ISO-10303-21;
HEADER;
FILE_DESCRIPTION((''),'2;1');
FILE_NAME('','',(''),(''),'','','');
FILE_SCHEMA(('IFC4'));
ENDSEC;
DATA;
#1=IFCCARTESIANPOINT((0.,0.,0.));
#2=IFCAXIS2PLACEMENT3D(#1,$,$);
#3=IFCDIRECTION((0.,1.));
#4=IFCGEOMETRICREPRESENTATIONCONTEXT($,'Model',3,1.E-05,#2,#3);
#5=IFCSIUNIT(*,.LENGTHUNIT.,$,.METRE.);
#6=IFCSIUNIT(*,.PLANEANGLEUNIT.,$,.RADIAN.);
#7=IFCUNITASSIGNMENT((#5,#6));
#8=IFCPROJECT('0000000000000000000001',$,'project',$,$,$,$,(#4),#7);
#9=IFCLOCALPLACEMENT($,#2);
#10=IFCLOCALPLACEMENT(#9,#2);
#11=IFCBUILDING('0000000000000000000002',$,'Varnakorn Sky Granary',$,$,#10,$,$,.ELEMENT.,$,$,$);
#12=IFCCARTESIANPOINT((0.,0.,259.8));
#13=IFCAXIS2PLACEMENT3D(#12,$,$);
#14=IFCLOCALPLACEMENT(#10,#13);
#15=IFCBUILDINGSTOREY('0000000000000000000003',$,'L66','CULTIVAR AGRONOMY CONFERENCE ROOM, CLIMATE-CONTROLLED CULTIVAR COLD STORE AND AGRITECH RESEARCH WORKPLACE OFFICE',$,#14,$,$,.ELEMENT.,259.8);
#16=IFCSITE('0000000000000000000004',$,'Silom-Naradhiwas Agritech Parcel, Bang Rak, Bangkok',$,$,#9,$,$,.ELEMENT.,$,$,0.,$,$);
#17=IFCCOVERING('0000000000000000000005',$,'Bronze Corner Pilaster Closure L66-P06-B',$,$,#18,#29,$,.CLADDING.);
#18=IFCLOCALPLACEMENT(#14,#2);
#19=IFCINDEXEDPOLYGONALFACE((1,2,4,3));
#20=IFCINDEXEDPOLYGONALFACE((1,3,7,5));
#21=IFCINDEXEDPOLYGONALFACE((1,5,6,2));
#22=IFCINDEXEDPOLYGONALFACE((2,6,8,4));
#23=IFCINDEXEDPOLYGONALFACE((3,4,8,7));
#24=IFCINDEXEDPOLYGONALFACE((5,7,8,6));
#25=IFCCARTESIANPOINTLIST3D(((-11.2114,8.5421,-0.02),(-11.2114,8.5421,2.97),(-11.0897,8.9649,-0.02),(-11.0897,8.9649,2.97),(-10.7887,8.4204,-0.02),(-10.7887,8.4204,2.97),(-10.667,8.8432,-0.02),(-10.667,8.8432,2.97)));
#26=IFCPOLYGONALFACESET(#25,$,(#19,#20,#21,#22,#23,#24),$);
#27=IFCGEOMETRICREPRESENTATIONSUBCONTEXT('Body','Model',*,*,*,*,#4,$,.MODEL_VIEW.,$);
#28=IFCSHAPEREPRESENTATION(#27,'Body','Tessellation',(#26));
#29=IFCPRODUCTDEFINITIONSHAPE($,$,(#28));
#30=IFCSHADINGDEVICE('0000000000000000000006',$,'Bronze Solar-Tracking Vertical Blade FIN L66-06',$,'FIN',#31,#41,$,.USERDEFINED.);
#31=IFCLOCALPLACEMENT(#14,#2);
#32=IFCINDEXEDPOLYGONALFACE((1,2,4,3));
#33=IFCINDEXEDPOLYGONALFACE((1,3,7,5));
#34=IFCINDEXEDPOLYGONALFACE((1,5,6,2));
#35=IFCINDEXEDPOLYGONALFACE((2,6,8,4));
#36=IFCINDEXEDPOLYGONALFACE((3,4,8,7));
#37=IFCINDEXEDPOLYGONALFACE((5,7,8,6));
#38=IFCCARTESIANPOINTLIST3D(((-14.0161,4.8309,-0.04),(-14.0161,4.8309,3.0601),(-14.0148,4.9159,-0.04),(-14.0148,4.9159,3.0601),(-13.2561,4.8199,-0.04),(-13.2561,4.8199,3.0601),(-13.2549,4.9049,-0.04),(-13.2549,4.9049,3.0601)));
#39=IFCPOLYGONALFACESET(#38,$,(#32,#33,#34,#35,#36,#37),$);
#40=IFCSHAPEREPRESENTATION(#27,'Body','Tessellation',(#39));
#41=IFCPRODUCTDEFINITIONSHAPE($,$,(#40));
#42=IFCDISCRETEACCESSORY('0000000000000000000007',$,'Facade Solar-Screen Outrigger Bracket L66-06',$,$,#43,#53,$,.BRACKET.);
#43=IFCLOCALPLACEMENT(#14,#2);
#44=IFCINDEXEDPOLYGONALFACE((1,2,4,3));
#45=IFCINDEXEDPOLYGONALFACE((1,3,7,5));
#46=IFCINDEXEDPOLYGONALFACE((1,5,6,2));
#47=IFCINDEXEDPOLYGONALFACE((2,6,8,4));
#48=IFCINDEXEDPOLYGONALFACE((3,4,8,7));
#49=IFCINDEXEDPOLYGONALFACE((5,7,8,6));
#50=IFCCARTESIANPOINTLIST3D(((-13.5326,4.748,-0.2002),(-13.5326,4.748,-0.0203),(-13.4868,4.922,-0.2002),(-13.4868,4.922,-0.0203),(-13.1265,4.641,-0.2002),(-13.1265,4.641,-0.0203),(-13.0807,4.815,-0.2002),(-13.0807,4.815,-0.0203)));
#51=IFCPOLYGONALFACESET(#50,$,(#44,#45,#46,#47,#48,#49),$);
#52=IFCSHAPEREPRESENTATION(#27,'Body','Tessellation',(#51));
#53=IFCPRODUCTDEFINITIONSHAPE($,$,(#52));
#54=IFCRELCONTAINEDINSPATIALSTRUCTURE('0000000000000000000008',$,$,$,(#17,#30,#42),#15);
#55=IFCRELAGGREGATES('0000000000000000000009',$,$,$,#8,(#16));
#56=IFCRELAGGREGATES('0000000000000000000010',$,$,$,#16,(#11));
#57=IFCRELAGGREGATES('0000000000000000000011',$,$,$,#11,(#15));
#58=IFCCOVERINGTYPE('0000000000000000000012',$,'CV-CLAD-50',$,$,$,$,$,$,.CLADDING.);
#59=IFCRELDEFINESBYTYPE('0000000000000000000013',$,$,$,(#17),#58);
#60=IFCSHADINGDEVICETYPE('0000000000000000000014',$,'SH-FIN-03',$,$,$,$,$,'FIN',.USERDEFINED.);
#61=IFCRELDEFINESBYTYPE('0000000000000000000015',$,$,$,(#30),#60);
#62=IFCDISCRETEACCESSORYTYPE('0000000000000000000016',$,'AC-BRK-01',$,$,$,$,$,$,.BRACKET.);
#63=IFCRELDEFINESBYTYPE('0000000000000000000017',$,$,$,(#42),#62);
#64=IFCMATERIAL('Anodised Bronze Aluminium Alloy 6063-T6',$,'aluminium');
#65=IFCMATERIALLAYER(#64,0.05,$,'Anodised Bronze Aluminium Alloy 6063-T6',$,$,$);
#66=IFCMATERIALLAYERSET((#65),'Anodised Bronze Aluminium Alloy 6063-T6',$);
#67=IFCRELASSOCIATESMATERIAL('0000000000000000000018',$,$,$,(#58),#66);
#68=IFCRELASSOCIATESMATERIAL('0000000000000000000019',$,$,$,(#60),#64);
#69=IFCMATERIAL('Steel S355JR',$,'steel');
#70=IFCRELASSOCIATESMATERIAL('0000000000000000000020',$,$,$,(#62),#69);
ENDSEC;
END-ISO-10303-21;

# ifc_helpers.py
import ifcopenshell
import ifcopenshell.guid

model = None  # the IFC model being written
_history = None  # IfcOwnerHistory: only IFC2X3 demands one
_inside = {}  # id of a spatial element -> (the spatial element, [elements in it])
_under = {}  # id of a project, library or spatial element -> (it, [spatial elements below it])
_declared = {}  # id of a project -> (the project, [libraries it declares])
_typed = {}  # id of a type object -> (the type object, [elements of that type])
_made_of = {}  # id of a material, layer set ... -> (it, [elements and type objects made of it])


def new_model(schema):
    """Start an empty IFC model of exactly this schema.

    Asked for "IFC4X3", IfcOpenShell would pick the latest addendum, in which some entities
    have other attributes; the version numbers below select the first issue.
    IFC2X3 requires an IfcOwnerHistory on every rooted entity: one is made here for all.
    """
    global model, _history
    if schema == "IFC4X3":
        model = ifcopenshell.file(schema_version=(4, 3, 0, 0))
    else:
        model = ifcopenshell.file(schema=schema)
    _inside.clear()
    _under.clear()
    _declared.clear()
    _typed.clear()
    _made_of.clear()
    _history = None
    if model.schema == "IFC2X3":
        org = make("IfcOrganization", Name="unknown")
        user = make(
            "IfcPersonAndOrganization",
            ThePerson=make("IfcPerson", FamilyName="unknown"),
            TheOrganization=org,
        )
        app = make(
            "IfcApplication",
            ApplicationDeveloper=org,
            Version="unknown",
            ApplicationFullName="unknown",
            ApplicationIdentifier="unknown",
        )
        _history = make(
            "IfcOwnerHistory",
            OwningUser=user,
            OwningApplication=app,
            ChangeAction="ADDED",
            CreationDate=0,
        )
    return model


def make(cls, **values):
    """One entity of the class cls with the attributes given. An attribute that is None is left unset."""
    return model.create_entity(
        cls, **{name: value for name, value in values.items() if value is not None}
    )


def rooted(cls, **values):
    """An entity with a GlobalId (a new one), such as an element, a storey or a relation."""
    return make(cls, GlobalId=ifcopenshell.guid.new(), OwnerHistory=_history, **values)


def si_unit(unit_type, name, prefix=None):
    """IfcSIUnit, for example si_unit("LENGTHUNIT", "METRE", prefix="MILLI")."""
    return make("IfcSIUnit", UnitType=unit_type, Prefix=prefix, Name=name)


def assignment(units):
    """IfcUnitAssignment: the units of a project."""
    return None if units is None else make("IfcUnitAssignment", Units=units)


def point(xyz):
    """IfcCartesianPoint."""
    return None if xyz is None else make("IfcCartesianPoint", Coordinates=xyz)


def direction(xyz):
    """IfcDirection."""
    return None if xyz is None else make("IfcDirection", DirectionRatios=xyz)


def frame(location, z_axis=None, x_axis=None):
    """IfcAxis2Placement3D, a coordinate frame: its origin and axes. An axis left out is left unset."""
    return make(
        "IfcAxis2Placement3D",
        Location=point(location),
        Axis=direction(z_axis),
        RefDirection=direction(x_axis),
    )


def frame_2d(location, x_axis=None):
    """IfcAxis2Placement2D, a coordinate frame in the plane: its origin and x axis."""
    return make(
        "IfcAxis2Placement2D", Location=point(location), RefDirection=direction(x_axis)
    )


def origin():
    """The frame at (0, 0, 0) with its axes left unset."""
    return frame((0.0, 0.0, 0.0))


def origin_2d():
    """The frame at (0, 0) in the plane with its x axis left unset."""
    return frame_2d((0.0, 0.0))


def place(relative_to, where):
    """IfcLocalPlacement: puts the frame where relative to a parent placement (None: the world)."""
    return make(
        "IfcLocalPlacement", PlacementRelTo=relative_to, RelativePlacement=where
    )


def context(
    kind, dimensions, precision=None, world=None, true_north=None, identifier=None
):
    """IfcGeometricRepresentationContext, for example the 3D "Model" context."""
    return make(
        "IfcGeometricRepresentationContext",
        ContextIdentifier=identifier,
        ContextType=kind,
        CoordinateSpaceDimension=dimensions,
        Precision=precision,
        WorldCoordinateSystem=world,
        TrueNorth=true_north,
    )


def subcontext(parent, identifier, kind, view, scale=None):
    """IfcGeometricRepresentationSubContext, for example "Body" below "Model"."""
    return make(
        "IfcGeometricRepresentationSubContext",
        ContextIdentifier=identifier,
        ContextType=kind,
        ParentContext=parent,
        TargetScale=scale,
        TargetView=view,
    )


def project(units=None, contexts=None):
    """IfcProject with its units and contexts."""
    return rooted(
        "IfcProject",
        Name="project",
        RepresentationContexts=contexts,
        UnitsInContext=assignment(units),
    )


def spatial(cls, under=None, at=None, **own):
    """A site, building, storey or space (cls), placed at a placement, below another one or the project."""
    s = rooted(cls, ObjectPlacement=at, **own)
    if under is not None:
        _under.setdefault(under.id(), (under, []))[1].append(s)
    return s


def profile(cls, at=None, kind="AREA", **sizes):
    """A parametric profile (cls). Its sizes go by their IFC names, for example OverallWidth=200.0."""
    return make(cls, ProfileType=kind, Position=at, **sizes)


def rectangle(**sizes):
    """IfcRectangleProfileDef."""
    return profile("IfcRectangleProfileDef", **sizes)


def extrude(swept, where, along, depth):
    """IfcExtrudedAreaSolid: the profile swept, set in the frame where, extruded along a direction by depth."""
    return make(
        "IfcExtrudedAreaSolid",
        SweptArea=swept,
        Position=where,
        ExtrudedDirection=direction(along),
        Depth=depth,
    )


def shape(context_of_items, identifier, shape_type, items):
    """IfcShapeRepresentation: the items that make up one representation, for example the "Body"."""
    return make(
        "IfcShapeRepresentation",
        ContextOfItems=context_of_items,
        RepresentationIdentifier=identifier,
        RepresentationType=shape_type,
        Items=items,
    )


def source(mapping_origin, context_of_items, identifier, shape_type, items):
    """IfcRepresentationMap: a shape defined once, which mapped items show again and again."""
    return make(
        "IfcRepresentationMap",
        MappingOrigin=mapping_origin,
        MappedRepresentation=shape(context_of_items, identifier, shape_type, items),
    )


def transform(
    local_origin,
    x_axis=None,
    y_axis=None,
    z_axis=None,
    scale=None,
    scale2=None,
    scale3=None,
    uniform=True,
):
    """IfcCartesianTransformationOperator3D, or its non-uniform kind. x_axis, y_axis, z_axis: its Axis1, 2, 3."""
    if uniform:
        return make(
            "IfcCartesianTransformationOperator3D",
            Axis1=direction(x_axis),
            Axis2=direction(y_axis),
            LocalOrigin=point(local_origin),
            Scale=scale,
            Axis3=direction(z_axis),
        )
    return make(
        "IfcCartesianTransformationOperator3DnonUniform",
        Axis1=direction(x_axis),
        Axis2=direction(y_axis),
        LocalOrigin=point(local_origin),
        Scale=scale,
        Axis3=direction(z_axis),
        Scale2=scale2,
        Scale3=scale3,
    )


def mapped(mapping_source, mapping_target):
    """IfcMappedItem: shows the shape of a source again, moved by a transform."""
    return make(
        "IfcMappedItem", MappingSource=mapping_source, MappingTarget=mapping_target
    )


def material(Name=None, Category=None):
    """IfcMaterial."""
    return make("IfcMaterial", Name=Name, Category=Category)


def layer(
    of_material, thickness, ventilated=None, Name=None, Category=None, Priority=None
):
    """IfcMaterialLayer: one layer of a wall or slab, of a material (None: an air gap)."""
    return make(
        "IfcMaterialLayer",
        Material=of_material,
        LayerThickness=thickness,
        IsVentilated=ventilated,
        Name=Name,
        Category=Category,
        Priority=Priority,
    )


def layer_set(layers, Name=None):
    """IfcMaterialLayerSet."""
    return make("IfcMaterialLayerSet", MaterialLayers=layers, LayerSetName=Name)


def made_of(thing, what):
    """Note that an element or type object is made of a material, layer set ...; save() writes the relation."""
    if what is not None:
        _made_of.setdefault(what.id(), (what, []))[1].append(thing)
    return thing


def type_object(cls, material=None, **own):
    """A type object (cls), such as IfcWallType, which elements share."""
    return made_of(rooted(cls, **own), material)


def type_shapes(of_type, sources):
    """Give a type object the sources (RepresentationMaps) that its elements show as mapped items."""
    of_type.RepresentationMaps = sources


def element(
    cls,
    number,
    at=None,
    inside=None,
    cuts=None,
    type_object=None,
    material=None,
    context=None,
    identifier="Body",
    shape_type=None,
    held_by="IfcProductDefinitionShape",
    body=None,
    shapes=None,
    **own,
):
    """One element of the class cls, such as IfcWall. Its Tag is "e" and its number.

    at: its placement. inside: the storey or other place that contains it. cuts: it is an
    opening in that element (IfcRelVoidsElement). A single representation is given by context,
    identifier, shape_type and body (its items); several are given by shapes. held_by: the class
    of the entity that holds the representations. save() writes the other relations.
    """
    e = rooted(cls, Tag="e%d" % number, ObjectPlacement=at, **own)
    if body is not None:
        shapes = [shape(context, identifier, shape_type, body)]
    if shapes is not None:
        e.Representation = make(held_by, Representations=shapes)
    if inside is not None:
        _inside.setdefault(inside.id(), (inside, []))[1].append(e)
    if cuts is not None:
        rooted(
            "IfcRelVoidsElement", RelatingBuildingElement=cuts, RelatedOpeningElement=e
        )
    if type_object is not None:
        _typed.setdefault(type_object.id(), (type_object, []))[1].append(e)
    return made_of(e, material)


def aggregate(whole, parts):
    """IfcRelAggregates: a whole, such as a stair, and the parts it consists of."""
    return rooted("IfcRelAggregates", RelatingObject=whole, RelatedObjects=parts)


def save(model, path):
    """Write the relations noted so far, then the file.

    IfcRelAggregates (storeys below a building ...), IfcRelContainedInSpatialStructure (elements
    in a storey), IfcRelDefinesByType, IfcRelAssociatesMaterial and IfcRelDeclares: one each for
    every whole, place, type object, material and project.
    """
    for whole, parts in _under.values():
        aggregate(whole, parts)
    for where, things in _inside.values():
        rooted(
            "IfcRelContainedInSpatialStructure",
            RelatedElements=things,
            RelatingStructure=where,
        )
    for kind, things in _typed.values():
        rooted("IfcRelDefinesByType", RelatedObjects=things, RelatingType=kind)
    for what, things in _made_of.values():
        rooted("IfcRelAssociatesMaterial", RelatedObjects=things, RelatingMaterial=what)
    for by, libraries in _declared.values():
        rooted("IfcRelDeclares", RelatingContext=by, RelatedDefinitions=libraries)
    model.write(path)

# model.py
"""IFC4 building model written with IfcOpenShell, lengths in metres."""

from ifc_helpers import new_model, si_unit, direction, frame, origin, origin_2d, place, context, subcontext, project, spatial, rectangle, extrude, source, transform, mapped, material, layer, layer_set, type_object, type_shapes, element, save


model = new_model("IFC4")

# Units and contexts
model_context = context("Model", 3, precision=1e-05, world=origin(), true_north=direction((0.0, 1.0)))
body_context = subcontext(model_context, "Body", "Model", "MODEL_VIEW")
ifc_project = project(units=[si_unit("LENGTHUNIT", "METRE"), si_unit("PLANEANGLEUNIT", "RADIAN")], contexts=[model_context])

# Site, building, storey
site_placement = place(None, origin())
site = spatial("IfcSite", under=ifc_project, at=site_placement, Name="Silom-Naradhiwas Agritech Parcel, Bang Rak, Bangkok", CompositionType="ELEMENT", RefElevation=0.0)
building_placement = place(site_placement, origin())
building = spatial("IfcBuilding", under=site, at=building_placement, Name="Varnakorn Sky Granary", CompositionType="ELEMENT")
storey_placement = place(building_placement, frame((0.0, 0.0, 259.8)))
storey = spatial("IfcBuildingStorey", under=building, at=storey_placement, Name="L66", Description="CULTIVAR AGRONOMY CONFERENCE ROOM, CLIMATE-CONTROLLED CULTIVAR COLD STORE AND AGRITECH RESEARCH WORKPLACE OFFICE", CompositionType="ELEMENT", Elevation=259.8)

# Shared definitions
ifc_material_1 = material(Name="Steel S355JR", Category="steel")

# Shared definitions
ifc_material_2 = material(Name="Anodised Bronze Aluminium Alloy 6063-T6", Category="aluminium")

# Covering
ifc_layer_1 = layer(ifc_material_2, 0.05, Name="Anodised Bronze Aluminium Alloy 6063-T6")
ifc_layer_set_1 = layer_set([ifc_layer_1], Name="Anodised Bronze Aluminium Alloy 6063-T6")
covering_type = type_object("IfcCoveringType", Name="CV-CLAD-50", PredefinedType="CLADDING", material=ifc_layer_set_1)
shared_shape_1 = source(origin(), body_context, "Body", "SweptSolid", [
    extrude(rectangle(XDim=0.4399, YDim=0.4399, at=origin_2d()), origin(), (0.0, 0.0, 1.0), 2.99),
])
type_shapes(covering_type, [shared_shape_1])
covering_placement = place(storey_placement, frame((-10.9392, 8.6926, -0.02), z_axis=(0.0, 0.0, 1.0), x_axis=(0.276644, 0.960973, 0.0)))
element("IfcCovering", 1, at=covering_placement, inside=storey, type_object=covering_type, Name="Bronze Corner Pilaster Closure L66-P06-B", PredefinedType="CLADDING", context=body_context, shape_type="MappedRepresentation", body=[
    mapped(shared_shape_1, transform((0.0, 0.0, 0.0), x_axis=(1.0, 0.0, 0.0), y_axis=(0.0, 1.0, 0.0), z_axis=(0.0, 0.0, 1.0), scale=1.0)),
])

# Shading device
shading_device_type = type_object("IfcShadingDeviceType", Name="SH-FIN-03", ElementType="FIN", PredefinedType="USERDEFINED", material=ifc_material_2)
shared_shape_2 = source(origin(), body_context, "Body", "SweptSolid", [
    extrude(rectangle(XDim=0.085, YDim=0.76, at=origin_2d()), origin(), (0.0, 0.0, 1.0), 3.1001),
])
type_shapes(shading_device_type, [shared_shape_2])
shading_device_placement = place(storey_placement, frame((-13.6355, 4.8679, -0.04), z_axis=(0.0, 0.0, 1.0), x_axis=(-0.014466, -0.999895, 0.0)))
element("IfcShadingDevice", 2, at=shading_device_placement, inside=storey, type_object=shading_device_type, Name="Bronze Solar-Tracking Vertical Blade FIN L66-06", ObjectType="FIN", PredefinedType="USERDEFINED", context=body_context, shape_type="MappedRepresentation", body=[
    mapped(shared_shape_2, transform((0.0, 0.0, 0.0), x_axis=(1.0, 0.0, 0.0), y_axis=(0.0, 1.0, 0.0), z_axis=(0.0, 0.0, 1.0), scale=1.0)),
])

# Discrete accessory
discrete_accessory_type = type_object("IfcDiscreteAccessoryType", Name="AC-BRK-01", PredefinedType="BRACKET", material=ifc_material_1)
shared_shape_3 = source(origin(), body_context, "Body", "SweptSolid", [
    extrude(rectangle(XDim=0.1799, YDim=0.4199, at=origin_2d()), origin(), (0.0, 0.0, 1.0), 0.1799),
])
type_shapes(discrete_accessory_type, [shared_shape_3])
discrete_accessory_placement = place(storey_placement, frame((-13.3066, 4.7815, -0.2002), z_axis=(0.0, 0.0, 1.0), x_axis=(-0.254662, -0.96703, 0.0)))
element("IfcDiscreteAccessory", 3, at=discrete_accessory_placement, inside=storey, type_object=discrete_accessory_type, Name="Facade Solar-Screen Outrigger Bracket L66-06", PredefinedType="BRACKET", context=body_context, shape_type="MappedRepresentation", body=[
    mapped(shared_shape_3, transform((0.0, 0.0, 0.0), x_axis=(1.0, 0.0, 0.0), y_axis=(0.0, 1.0, 0.0), z_axis=(0.0, 0.0, 1.0), scale=1.0)),
])

save(model, "model.ifc")
